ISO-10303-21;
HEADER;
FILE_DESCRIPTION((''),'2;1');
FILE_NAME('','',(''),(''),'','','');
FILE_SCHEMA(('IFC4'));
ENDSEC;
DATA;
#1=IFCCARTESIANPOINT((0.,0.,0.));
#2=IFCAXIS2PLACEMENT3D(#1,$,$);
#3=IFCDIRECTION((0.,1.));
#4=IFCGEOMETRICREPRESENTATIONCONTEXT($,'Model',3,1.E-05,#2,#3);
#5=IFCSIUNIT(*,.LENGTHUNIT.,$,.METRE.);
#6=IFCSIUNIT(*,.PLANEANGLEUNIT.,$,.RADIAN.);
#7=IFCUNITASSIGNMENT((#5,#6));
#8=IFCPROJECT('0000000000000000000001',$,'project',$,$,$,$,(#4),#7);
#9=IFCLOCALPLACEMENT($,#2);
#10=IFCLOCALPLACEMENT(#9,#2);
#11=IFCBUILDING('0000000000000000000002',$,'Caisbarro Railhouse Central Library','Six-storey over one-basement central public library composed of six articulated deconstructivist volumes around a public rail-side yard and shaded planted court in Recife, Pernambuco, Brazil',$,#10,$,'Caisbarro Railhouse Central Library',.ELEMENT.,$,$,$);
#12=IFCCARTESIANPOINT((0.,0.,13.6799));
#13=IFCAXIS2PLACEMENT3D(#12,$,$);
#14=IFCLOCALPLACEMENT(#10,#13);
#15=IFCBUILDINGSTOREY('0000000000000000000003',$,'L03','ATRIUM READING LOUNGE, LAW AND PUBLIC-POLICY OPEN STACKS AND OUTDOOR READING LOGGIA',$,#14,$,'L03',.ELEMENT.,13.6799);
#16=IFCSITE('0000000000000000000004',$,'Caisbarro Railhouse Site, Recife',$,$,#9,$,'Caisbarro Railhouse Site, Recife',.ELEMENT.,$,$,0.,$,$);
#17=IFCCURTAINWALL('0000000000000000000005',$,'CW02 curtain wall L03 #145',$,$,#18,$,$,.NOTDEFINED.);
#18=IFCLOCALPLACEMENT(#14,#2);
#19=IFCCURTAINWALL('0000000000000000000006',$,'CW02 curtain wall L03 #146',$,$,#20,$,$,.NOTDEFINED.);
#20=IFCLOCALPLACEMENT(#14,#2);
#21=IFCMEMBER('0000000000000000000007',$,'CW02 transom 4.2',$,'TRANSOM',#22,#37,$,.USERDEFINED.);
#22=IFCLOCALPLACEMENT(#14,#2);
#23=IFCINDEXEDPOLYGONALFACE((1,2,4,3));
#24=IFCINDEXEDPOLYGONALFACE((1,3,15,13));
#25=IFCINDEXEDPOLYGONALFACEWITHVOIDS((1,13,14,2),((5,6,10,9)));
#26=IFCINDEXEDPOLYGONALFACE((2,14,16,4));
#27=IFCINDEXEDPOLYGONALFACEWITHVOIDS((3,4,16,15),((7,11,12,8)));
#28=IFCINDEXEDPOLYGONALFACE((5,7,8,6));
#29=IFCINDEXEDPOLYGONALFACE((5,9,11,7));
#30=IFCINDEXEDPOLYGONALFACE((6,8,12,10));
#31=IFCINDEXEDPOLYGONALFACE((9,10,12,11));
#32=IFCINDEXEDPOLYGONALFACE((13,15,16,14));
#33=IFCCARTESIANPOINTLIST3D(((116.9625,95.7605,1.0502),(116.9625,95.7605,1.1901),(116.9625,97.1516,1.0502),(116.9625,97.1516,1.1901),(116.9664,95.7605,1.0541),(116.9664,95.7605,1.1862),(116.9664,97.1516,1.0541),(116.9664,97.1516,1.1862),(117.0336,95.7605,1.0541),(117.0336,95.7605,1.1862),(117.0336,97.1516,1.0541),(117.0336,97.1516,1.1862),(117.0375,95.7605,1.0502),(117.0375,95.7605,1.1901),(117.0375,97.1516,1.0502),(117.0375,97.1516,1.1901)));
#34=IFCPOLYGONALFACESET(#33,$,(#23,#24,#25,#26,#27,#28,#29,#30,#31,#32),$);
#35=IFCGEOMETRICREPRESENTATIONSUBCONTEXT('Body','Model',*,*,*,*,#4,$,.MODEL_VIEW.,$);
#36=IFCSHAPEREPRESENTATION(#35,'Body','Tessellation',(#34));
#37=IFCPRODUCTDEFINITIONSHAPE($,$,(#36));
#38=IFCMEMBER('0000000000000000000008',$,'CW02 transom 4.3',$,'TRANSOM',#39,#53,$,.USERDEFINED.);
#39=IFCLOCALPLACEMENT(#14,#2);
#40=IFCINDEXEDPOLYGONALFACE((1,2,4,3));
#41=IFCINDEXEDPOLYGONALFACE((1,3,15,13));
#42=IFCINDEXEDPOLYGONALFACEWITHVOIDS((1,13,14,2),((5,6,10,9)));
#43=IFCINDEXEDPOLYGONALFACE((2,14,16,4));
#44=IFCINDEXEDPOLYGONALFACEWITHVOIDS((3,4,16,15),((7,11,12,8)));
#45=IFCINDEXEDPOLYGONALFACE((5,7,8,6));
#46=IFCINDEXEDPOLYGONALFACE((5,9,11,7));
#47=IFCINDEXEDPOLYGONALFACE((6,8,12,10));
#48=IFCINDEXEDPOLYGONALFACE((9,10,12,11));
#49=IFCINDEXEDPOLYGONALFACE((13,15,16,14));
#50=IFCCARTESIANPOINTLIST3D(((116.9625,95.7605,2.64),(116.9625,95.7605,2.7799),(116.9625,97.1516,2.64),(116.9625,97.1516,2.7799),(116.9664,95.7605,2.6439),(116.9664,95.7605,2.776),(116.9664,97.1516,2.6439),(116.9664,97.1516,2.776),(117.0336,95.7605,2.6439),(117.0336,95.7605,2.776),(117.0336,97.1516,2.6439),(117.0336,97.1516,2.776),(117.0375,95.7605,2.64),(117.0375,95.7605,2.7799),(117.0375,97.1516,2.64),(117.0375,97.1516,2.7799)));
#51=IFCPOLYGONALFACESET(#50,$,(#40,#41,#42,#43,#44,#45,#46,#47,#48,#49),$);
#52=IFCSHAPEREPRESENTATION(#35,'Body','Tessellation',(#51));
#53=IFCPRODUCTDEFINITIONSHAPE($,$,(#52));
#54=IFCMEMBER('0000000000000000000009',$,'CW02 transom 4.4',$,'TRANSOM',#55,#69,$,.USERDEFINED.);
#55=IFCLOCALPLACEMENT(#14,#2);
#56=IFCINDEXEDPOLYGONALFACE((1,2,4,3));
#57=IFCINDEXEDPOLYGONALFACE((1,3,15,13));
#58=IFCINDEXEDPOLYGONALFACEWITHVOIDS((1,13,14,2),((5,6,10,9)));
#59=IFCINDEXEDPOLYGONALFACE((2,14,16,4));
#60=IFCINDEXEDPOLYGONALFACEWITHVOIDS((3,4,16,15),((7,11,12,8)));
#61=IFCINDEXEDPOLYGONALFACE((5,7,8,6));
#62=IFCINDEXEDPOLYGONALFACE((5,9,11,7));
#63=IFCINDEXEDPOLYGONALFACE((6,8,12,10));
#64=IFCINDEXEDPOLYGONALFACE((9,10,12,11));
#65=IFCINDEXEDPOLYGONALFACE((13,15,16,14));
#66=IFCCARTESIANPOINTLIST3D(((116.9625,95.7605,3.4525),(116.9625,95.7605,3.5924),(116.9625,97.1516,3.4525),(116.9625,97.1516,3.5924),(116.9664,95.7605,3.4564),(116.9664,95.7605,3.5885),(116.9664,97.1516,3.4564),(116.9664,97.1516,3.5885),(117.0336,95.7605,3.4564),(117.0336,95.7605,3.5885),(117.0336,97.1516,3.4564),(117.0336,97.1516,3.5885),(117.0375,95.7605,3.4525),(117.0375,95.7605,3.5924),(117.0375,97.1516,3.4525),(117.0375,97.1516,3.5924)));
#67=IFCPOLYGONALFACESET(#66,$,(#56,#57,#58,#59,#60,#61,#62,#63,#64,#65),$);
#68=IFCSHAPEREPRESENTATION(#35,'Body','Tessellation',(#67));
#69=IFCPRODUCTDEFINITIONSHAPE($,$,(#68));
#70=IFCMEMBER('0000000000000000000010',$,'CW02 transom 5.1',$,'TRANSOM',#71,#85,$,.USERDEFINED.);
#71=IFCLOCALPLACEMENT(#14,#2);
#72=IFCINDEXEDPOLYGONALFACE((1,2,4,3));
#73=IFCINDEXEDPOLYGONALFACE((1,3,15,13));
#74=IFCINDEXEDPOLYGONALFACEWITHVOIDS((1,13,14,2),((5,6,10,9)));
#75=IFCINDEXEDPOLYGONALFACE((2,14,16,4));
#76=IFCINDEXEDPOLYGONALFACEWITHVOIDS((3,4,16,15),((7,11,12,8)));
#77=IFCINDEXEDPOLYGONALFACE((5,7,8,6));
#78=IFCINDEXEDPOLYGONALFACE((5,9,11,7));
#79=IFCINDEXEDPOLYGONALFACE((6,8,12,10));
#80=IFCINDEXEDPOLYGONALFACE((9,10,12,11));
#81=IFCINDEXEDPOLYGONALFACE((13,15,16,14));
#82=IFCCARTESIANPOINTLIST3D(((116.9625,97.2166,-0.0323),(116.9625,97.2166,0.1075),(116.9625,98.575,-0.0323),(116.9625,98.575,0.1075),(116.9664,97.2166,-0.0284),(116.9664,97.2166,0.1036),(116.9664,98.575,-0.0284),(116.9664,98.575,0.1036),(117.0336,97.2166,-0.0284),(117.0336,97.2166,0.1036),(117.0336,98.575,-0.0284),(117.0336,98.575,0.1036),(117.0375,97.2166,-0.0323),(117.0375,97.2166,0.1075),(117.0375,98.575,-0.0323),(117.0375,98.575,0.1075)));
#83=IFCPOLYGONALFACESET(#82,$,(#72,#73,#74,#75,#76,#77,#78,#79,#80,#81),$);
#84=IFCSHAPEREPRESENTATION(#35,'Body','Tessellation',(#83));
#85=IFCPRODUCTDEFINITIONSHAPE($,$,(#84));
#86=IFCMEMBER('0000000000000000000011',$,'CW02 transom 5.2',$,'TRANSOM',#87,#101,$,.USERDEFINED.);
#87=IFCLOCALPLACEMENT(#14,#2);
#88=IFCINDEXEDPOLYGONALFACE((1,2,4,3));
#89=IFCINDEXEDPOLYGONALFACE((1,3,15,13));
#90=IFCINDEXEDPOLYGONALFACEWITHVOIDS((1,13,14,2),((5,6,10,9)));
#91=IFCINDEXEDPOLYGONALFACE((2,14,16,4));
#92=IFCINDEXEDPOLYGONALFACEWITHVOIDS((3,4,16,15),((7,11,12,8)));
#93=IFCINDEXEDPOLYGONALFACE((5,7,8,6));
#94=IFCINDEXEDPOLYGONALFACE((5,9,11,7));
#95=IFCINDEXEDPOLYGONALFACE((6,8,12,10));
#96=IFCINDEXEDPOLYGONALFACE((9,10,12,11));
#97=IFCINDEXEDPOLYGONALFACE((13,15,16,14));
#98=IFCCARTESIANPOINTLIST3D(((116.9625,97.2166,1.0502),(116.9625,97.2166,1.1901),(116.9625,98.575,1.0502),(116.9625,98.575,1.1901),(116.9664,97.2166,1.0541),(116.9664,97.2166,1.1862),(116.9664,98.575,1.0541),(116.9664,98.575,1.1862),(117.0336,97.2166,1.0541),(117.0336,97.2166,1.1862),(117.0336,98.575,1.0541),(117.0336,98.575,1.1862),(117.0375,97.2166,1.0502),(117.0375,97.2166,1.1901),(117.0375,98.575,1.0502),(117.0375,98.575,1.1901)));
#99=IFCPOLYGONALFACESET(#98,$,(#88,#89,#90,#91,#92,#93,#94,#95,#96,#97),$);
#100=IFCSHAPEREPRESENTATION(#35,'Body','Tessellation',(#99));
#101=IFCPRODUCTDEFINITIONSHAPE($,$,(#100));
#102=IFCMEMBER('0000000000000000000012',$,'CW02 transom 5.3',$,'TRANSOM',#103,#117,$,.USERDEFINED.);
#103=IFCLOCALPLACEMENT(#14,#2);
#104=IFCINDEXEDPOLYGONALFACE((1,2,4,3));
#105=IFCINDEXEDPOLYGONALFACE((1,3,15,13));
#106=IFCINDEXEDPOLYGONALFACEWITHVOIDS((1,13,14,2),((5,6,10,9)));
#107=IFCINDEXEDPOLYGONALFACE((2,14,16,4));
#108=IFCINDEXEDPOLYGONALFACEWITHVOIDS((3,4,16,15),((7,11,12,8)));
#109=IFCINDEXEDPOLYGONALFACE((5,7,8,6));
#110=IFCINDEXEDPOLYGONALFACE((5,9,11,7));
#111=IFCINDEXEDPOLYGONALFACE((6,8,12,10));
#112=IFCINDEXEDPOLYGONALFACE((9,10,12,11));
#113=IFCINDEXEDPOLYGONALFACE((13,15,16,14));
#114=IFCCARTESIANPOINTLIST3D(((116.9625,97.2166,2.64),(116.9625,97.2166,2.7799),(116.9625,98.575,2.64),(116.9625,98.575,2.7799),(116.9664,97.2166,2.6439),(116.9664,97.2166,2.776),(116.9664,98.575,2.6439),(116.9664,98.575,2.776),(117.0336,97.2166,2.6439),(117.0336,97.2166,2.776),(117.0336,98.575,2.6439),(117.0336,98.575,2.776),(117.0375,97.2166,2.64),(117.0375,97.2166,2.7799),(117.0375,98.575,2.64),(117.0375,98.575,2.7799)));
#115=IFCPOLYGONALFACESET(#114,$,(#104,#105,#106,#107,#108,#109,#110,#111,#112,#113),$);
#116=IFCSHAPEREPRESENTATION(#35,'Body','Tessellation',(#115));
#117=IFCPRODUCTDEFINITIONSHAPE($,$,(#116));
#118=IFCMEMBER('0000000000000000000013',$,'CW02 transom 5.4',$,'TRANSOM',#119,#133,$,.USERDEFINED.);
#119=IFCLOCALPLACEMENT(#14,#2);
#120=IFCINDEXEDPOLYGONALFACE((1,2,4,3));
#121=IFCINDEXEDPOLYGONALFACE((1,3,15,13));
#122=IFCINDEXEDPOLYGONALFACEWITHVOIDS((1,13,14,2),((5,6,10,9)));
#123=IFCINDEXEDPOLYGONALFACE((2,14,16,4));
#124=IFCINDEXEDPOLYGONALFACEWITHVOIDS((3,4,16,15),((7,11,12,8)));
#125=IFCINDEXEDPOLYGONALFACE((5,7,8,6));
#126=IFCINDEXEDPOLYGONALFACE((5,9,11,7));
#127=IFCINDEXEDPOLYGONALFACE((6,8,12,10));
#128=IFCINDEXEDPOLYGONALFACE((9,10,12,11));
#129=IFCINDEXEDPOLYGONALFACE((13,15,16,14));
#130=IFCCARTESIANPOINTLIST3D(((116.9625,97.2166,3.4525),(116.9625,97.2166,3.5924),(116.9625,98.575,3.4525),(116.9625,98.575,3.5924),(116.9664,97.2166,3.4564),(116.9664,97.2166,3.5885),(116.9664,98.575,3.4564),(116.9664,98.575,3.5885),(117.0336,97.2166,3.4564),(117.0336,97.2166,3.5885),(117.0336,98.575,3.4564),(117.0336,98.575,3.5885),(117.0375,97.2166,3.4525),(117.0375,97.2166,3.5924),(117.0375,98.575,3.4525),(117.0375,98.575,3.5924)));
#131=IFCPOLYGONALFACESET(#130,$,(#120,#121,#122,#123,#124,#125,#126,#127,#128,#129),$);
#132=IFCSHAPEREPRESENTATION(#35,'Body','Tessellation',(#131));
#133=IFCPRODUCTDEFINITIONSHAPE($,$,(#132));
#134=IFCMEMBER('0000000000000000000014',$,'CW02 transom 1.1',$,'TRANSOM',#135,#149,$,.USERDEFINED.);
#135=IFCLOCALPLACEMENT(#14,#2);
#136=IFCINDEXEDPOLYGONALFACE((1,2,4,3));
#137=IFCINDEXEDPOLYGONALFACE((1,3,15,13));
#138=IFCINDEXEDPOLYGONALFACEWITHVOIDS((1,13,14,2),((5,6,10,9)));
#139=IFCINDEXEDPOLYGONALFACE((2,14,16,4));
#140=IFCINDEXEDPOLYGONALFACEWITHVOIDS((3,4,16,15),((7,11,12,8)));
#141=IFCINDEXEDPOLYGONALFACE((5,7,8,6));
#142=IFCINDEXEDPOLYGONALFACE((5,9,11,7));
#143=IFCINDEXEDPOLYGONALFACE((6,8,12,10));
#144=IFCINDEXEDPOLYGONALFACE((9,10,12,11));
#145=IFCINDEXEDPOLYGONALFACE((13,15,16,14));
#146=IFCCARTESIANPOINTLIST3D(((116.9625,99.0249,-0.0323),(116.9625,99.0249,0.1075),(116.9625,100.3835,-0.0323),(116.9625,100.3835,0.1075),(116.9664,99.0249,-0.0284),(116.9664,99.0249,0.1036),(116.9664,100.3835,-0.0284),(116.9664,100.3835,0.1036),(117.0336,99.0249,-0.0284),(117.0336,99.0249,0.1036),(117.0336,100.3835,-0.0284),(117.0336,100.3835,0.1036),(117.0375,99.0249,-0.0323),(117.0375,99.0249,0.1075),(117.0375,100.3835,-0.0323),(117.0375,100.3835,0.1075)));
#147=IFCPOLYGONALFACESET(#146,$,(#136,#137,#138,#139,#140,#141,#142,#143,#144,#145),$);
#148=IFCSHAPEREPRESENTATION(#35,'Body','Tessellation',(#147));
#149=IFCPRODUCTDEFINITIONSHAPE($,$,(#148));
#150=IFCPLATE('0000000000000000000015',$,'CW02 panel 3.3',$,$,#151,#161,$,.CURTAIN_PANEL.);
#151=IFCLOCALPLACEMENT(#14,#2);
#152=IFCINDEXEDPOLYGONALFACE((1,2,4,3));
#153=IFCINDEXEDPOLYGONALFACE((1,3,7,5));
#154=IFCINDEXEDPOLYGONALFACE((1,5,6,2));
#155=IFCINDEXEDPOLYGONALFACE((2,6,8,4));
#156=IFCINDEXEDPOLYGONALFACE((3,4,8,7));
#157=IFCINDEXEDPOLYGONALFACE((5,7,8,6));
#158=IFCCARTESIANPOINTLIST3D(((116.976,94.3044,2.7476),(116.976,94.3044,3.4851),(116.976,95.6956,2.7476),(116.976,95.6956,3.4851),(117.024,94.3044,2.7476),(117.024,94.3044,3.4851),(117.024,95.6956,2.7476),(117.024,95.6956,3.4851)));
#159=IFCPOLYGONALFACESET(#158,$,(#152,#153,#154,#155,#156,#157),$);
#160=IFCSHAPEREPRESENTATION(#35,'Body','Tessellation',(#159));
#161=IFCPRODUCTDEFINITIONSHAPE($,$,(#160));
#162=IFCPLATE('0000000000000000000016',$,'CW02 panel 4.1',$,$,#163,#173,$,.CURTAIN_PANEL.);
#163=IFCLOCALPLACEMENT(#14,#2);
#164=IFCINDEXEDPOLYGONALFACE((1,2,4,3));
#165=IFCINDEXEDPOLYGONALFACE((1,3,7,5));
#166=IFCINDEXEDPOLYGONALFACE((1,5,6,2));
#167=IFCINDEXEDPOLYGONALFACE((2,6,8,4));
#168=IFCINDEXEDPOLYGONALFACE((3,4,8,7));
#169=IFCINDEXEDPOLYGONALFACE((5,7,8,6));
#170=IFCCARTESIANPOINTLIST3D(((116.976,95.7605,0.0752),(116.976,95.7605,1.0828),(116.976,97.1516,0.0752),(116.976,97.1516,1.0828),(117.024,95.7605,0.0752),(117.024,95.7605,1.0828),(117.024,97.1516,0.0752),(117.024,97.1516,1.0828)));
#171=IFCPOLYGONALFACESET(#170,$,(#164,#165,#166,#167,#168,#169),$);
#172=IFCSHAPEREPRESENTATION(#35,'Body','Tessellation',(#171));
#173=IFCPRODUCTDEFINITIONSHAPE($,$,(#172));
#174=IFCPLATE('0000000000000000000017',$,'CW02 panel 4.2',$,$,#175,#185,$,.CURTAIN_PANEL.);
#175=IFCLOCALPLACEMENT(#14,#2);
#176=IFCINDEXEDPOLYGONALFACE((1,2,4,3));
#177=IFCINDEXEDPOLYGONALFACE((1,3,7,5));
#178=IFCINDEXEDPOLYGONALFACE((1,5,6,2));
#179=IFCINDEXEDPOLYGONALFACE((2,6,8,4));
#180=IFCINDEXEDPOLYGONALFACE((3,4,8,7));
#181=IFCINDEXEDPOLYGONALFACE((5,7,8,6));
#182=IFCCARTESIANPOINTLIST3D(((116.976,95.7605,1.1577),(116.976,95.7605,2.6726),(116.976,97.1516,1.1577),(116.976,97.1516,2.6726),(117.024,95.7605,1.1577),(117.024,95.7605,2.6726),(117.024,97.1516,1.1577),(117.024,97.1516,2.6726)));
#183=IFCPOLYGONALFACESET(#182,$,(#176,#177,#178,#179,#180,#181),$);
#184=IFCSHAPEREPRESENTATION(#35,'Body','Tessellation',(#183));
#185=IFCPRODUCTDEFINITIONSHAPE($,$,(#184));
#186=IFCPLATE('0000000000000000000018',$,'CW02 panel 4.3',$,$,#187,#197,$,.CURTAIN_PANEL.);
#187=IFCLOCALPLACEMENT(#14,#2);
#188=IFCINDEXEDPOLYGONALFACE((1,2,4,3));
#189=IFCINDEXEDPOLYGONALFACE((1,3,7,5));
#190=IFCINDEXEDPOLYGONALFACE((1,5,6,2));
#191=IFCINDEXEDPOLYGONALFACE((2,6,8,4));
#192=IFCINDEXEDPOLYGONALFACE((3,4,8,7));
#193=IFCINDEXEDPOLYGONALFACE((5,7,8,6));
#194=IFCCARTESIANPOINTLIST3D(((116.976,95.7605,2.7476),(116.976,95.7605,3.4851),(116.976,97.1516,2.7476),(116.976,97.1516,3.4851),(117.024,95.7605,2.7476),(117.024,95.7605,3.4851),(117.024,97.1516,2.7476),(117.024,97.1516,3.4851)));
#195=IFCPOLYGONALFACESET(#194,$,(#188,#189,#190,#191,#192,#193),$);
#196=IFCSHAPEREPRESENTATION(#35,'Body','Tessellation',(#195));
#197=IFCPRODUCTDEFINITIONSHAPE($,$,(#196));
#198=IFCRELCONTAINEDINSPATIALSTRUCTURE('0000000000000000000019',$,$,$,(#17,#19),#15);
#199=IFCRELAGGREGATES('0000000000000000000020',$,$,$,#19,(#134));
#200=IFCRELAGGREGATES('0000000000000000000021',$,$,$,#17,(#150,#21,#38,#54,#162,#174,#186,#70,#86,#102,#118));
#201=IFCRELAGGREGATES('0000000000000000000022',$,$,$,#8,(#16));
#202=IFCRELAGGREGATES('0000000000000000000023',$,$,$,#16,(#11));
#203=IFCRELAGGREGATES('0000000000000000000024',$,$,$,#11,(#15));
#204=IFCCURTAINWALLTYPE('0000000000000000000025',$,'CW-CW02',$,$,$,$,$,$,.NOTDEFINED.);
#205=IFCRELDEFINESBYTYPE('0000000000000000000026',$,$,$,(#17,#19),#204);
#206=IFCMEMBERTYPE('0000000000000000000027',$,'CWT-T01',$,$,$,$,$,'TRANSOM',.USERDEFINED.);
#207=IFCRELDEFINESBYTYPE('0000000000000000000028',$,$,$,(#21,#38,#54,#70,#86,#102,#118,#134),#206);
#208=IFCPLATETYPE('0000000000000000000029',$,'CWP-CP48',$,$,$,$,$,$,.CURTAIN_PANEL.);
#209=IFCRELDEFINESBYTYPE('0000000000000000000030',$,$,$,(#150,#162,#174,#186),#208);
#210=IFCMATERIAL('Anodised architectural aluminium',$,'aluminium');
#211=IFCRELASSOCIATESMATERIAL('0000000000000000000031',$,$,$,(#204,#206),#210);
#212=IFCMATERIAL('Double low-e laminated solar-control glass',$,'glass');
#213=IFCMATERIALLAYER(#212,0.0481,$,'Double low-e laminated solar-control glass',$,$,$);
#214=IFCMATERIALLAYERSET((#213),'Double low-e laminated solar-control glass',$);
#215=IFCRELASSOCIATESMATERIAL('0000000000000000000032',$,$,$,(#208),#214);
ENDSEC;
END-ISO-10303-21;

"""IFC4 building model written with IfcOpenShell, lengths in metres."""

from ifc_helpers import new_model, si_unit, direction, frame, origin, origin_2d, place, context, subcontext, project, spatial, rectangle, hollow_rectangle, extrude, material, layer, layer_set, material_profile, profile_set, type_object, element, aggregate, save


model = new_model("IFC4")

# Units and contexts
model_context = context("Model", 3, precision=1e-05, world=origin(), true_north=direction((0.0, 1.0)))
body_context = subcontext(model_context, "Body", "Model", "MODEL_VIEW")
ifc_project = project(units=[si_unit("LENGTHUNIT", "METRE"), si_unit("PLANEANGLEUNIT", "RADIAN")], contexts=[model_context])

# Site, building, storey
site_placement = place(None, origin())
site = spatial("IfcSite", under=ifc_project, at=site_placement, Name="Caisbarro Railhouse Site, Recife", LongName="Caisbarro Railhouse Site, Recife", CompositionType="ELEMENT", RefElevation=0.0)
building_placement = place(site_placement, origin())
building = spatial("IfcBuilding", under=site, at=building_placement, Name="Caisbarro Railhouse Central Library", Description="Six-storey over one-basement central public library composed of six articulated deconstructivist volumes around a public rail-side yard and shaded planted court in Recife, Pernambuco, Brazil", LongName="Caisbarro Railhouse Central Library", CompositionType="ELEMENT")
storey_placement = place(building_placement, frame((0.0, 0.0, 13.6799)))
storey = spatial("IfcBuildingStorey", under=building, at=storey_placement, Name="L03", Description="ATRIUM READING LOUNGE, LAW AND PUBLIC-POLICY OPEN STACKS AND OUTDOOR READING LOGGIA", LongName="L03", CompositionType="ELEMENT", Elevation=13.6799)

# Curtain wall
ifc_material_1 = material(Name="Anodised architectural aluminium", Category="aluminium")
curtain_wall_type = type_object("IfcCurtainWallType", Name="CW-CW02", PredefinedType="NOTDEFINED", material=ifc_material_1)
curtain_wall_1_placement = place(storey_placement, origin())
curtain_wall_1 = element("IfcCurtainWall", 1, at=curtain_wall_1_placement, inside=storey, type_object=curtain_wall_type, Name="CW02 curtain wall L03 #145", PredefinedType="NOTDEFINED")

# Curtain wall
curtain_wall_2_placement = place(storey_placement, origin())
curtain_wall_2 = element("IfcCurtainWall", 2, at=curtain_wall_2_placement, inside=storey, type_object=curtain_wall_type, Name="CW02 curtain wall L03 #146", PredefinedType="NOTDEFINED")

# Members
ifc_material_profile_1 = material_profile(ifc_material_1, hollow_rectangle(XDim=0.075, YDim=0.1399, WallThickness=0.0039, at=origin_2d()), Name="ALU-TRN-75X140")
ifc_profile_set_1 = profile_set([ifc_material_profile_1], Name="Anodised architectural aluminium")
member_type_1 = type_object("IfcMemberType", Name="CWT-T01", ElementType="TRANSOM", PredefinedType="USERDEFINED", material=ifc_profile_set_1)
member_1_placement = place(storey_placement, frame((117.0, 95.7605, 1.1201), z_axis=(0.0, 1.0, 0.0), x_axis=(-1.0, 0.0, 0.0)))
member_1 = element("IfcMember", 3, at=member_1_placement, type_object=member_type_1, Name="CW02 transom 4.2", ObjectType="TRANSOM", PredefinedType="USERDEFINED", context=body_context, shape_type="SweptSolid", body=[
    extrude(hollow_rectangle(XDim=0.075, YDim=0.1399, WallThickness=0.0039, at=origin_2d()), origin(), (0.0, 0.0, 1.0), 1.3911),
])
member_2_placement = place(storey_placement, frame((117.0, 95.7605, 2.71), z_axis=(0.0, 1.0, 0.0), x_axis=(-1.0, 0.0, 0.0)))
member_2 = element("IfcMember", 4, at=member_2_placement, type_object=member_type_1, Name="CW02 transom 4.3", ObjectType="TRANSOM", PredefinedType="USERDEFINED", context=body_context, shape_type="SweptSolid", body=[
    extrude(hollow_rectangle(XDim=0.075, YDim=0.1399, WallThickness=0.0039, at=origin_2d()), origin(), (0.0, 0.0, 1.0), 1.3911),
])
member_3_placement = place(storey_placement, frame((117.0, 95.7605, 3.5225), z_axis=(0.0, 1.0, 0.0), x_axis=(-1.0, 0.0, 0.0)))
member_3 = element("IfcMember", 5, at=member_3_placement, type_object=member_type_1, Name="CW02 transom 4.4", ObjectType="TRANSOM", PredefinedType="USERDEFINED", context=body_context, shape_type="SweptSolid", body=[
    extrude(hollow_rectangle(XDim=0.075, YDim=0.1399, WallThickness=0.0039, at=origin_2d()), origin(), (0.0, 0.0, 1.0), 1.3911),
])
member_4_placement = place(storey_placement, frame((117.0, 97.2166, 0.0376), z_axis=(0.0, 1.0, 0.0), x_axis=(-1.0, 0.0, 0.0)))
member_4 = element("IfcMember", 6, at=member_4_placement, type_object=member_type_1, Name="CW02 transom 5.1", ObjectType="TRANSOM", PredefinedType="USERDEFINED", context=body_context, shape_type="SweptSolid", body=[
    extrude(hollow_rectangle(XDim=0.075, YDim=0.1399, WallThickness=0.0039, at=origin_2d()), origin(), (0.0, 0.0, 1.0), 1.3584),
])
member_5_placement = place(storey_placement, frame((117.0, 97.2166, 1.1201), z_axis=(0.0, 1.0, 0.0), x_axis=(-1.0, 0.0, 0.0)))
member_5 = element("IfcMember", 7, at=member_5_placement, type_object=member_type_1, Name="CW02 transom 5.2", ObjectType="TRANSOM", PredefinedType="USERDEFINED", context=body_context, shape_type="SweptSolid", body=[
    extrude(hollow_rectangle(XDim=0.075, YDim=0.1399, WallThickness=0.0039, at=origin_2d()), origin(), (0.0, 0.0, 1.0), 1.3584),
])
member_6_placement = place(storey_placement, frame((117.0, 97.2166, 2.71), z_axis=(0.0, 1.0, 0.0), x_axis=(-1.0, 0.0, 0.0)))
member_6 = element("IfcMember", 8, at=member_6_placement, type_object=member_type_1, Name="CW02 transom 5.3", ObjectType="TRANSOM", PredefinedType="USERDEFINED", context=body_context, shape_type="SweptSolid", body=[
    extrude(hollow_rectangle(XDim=0.075, YDim=0.1399, WallThickness=0.0039, at=origin_2d()), origin(), (0.0, 0.0, 1.0), 1.3584),
])
member_7_placement = place(storey_placement, frame((117.0, 97.2166, 3.5225), z_axis=(0.0, 1.0, 0.0), x_axis=(-1.0, 0.0, 0.0)))
member_7 = element("IfcMember", 9, at=member_7_placement, type_object=member_type_1, Name="CW02 transom 5.4", ObjectType="TRANSOM", PredefinedType="USERDEFINED", context=body_context, shape_type="SweptSolid", body=[
    extrude(hollow_rectangle(XDim=0.075, YDim=0.1399, WallThickness=0.0039, at=origin_2d()), origin(), (0.0, 0.0, 1.0), 1.3584),
])
member_8_placement = place(storey_placement, frame((117.0, 99.0249, 0.0376), z_axis=(0.0, 1.0, 0.0), x_axis=(-1.0, 0.0, 0.0)))
member_8 = element("IfcMember", 10, at=member_8_placement, type_object=member_type_1, Name="CW02 transom 1.1", ObjectType="TRANSOM", PredefinedType="USERDEFINED", context=body_context, shape_type="SweptSolid", body=[
    extrude(hollow_rectangle(XDim=0.075, YDim=0.1399, WallThickness=0.0039, at=origin_2d()), origin(), (0.0, 0.0, 1.0), 1.3586),
])
aggregate(curtain_wall_2, [member_8])

# Plates
ifc_material_2 = material(Name="Double low-e laminated solar-control glass", Category="glass")
ifc_layer_1 = layer(ifc_material_2, 0.0481, Name="Double low-e laminated solar-control glass")
ifc_layer_set_1 = layer_set([ifc_layer_1], Name="Double low-e laminated solar-control glass")
plate_type_1 = type_object("IfcPlateType", Name="CWP-CP48", PredefinedType="CURTAIN_PANEL", material=ifc_layer_set_1)
plate_1_placement = place(storey_placement, frame((117.0, 95.0, 2.7476), z_axis=(0.0, 0.0, 1.0), x_axis=(0.0, 1.0, 0.0)))
plate_1 = element("IfcPlate", 11, at=plate_1_placement, type_object=plate_type_1, Name="CW02 panel 3.3", PredefinedType="CURTAIN_PANEL", context=body_context, shape_type="SweptSolid", body=[
    extrude(rectangle(XDim=1.3911, YDim=0.0481, at=origin_2d()), origin(), (0.0, 0.0, 1.0), 0.7375),
])
plate_2_placement = place(storey_placement, frame((117.0, 96.4561, 0.0752), z_axis=(0.0, 0.0, 1.0), x_axis=(0.0, 1.0, 0.0)))
plate_2 = element("IfcPlate", 12, at=plate_2_placement, type_object=plate_type_1, Name="CW02 panel 4.1", PredefinedType="CURTAIN_PANEL", context=body_context, shape_type="SweptSolid", body=[
    extrude(rectangle(XDim=1.3911, YDim=0.0481, at=origin_2d()), origin(), (0.0, 0.0, 1.0), 1.0076),
])
plate_3_placement = place(storey_placement, frame((117.0, 96.4561, 1.1577), z_axis=(0.0, 0.0, 1.0), x_axis=(0.0, 1.0, 0.0)))
plate_3 = element("IfcPlate", 13, at=plate_3_placement, type_object=plate_type_1, Name="CW02 panel 4.2", PredefinedType="CURTAIN_PANEL", context=body_context, shape_type="SweptSolid", body=[
    extrude(rectangle(XDim=1.3911, YDim=0.0481, at=origin_2d()), origin(), (0.0, 0.0, 1.0), 1.5149),
])
plate_4_placement = place(storey_placement, frame((117.0, 96.4561, 2.7476), z_axis=(0.0, 0.0, 1.0), x_axis=(0.0, 1.0, 0.0)))
plate_4 = element("IfcPlate", 14, at=plate_4_placement, type_object=plate_type_1, Name="CW02 panel 4.3", PredefinedType="CURTAIN_PANEL", context=body_context, shape_type="SweptSolid", body=[
    extrude(rectangle(XDim=1.3911, YDim=0.0481, at=origin_2d()), origin(), (0.0, 0.0, 1.0), 0.7375),
])
aggregate(curtain_wall_1, [plate_1, member_1, member_2, member_3, plate_2, plate_3, plate_4, member_4, member_5, member_6, member_7])

save(model, "model.ifc")
